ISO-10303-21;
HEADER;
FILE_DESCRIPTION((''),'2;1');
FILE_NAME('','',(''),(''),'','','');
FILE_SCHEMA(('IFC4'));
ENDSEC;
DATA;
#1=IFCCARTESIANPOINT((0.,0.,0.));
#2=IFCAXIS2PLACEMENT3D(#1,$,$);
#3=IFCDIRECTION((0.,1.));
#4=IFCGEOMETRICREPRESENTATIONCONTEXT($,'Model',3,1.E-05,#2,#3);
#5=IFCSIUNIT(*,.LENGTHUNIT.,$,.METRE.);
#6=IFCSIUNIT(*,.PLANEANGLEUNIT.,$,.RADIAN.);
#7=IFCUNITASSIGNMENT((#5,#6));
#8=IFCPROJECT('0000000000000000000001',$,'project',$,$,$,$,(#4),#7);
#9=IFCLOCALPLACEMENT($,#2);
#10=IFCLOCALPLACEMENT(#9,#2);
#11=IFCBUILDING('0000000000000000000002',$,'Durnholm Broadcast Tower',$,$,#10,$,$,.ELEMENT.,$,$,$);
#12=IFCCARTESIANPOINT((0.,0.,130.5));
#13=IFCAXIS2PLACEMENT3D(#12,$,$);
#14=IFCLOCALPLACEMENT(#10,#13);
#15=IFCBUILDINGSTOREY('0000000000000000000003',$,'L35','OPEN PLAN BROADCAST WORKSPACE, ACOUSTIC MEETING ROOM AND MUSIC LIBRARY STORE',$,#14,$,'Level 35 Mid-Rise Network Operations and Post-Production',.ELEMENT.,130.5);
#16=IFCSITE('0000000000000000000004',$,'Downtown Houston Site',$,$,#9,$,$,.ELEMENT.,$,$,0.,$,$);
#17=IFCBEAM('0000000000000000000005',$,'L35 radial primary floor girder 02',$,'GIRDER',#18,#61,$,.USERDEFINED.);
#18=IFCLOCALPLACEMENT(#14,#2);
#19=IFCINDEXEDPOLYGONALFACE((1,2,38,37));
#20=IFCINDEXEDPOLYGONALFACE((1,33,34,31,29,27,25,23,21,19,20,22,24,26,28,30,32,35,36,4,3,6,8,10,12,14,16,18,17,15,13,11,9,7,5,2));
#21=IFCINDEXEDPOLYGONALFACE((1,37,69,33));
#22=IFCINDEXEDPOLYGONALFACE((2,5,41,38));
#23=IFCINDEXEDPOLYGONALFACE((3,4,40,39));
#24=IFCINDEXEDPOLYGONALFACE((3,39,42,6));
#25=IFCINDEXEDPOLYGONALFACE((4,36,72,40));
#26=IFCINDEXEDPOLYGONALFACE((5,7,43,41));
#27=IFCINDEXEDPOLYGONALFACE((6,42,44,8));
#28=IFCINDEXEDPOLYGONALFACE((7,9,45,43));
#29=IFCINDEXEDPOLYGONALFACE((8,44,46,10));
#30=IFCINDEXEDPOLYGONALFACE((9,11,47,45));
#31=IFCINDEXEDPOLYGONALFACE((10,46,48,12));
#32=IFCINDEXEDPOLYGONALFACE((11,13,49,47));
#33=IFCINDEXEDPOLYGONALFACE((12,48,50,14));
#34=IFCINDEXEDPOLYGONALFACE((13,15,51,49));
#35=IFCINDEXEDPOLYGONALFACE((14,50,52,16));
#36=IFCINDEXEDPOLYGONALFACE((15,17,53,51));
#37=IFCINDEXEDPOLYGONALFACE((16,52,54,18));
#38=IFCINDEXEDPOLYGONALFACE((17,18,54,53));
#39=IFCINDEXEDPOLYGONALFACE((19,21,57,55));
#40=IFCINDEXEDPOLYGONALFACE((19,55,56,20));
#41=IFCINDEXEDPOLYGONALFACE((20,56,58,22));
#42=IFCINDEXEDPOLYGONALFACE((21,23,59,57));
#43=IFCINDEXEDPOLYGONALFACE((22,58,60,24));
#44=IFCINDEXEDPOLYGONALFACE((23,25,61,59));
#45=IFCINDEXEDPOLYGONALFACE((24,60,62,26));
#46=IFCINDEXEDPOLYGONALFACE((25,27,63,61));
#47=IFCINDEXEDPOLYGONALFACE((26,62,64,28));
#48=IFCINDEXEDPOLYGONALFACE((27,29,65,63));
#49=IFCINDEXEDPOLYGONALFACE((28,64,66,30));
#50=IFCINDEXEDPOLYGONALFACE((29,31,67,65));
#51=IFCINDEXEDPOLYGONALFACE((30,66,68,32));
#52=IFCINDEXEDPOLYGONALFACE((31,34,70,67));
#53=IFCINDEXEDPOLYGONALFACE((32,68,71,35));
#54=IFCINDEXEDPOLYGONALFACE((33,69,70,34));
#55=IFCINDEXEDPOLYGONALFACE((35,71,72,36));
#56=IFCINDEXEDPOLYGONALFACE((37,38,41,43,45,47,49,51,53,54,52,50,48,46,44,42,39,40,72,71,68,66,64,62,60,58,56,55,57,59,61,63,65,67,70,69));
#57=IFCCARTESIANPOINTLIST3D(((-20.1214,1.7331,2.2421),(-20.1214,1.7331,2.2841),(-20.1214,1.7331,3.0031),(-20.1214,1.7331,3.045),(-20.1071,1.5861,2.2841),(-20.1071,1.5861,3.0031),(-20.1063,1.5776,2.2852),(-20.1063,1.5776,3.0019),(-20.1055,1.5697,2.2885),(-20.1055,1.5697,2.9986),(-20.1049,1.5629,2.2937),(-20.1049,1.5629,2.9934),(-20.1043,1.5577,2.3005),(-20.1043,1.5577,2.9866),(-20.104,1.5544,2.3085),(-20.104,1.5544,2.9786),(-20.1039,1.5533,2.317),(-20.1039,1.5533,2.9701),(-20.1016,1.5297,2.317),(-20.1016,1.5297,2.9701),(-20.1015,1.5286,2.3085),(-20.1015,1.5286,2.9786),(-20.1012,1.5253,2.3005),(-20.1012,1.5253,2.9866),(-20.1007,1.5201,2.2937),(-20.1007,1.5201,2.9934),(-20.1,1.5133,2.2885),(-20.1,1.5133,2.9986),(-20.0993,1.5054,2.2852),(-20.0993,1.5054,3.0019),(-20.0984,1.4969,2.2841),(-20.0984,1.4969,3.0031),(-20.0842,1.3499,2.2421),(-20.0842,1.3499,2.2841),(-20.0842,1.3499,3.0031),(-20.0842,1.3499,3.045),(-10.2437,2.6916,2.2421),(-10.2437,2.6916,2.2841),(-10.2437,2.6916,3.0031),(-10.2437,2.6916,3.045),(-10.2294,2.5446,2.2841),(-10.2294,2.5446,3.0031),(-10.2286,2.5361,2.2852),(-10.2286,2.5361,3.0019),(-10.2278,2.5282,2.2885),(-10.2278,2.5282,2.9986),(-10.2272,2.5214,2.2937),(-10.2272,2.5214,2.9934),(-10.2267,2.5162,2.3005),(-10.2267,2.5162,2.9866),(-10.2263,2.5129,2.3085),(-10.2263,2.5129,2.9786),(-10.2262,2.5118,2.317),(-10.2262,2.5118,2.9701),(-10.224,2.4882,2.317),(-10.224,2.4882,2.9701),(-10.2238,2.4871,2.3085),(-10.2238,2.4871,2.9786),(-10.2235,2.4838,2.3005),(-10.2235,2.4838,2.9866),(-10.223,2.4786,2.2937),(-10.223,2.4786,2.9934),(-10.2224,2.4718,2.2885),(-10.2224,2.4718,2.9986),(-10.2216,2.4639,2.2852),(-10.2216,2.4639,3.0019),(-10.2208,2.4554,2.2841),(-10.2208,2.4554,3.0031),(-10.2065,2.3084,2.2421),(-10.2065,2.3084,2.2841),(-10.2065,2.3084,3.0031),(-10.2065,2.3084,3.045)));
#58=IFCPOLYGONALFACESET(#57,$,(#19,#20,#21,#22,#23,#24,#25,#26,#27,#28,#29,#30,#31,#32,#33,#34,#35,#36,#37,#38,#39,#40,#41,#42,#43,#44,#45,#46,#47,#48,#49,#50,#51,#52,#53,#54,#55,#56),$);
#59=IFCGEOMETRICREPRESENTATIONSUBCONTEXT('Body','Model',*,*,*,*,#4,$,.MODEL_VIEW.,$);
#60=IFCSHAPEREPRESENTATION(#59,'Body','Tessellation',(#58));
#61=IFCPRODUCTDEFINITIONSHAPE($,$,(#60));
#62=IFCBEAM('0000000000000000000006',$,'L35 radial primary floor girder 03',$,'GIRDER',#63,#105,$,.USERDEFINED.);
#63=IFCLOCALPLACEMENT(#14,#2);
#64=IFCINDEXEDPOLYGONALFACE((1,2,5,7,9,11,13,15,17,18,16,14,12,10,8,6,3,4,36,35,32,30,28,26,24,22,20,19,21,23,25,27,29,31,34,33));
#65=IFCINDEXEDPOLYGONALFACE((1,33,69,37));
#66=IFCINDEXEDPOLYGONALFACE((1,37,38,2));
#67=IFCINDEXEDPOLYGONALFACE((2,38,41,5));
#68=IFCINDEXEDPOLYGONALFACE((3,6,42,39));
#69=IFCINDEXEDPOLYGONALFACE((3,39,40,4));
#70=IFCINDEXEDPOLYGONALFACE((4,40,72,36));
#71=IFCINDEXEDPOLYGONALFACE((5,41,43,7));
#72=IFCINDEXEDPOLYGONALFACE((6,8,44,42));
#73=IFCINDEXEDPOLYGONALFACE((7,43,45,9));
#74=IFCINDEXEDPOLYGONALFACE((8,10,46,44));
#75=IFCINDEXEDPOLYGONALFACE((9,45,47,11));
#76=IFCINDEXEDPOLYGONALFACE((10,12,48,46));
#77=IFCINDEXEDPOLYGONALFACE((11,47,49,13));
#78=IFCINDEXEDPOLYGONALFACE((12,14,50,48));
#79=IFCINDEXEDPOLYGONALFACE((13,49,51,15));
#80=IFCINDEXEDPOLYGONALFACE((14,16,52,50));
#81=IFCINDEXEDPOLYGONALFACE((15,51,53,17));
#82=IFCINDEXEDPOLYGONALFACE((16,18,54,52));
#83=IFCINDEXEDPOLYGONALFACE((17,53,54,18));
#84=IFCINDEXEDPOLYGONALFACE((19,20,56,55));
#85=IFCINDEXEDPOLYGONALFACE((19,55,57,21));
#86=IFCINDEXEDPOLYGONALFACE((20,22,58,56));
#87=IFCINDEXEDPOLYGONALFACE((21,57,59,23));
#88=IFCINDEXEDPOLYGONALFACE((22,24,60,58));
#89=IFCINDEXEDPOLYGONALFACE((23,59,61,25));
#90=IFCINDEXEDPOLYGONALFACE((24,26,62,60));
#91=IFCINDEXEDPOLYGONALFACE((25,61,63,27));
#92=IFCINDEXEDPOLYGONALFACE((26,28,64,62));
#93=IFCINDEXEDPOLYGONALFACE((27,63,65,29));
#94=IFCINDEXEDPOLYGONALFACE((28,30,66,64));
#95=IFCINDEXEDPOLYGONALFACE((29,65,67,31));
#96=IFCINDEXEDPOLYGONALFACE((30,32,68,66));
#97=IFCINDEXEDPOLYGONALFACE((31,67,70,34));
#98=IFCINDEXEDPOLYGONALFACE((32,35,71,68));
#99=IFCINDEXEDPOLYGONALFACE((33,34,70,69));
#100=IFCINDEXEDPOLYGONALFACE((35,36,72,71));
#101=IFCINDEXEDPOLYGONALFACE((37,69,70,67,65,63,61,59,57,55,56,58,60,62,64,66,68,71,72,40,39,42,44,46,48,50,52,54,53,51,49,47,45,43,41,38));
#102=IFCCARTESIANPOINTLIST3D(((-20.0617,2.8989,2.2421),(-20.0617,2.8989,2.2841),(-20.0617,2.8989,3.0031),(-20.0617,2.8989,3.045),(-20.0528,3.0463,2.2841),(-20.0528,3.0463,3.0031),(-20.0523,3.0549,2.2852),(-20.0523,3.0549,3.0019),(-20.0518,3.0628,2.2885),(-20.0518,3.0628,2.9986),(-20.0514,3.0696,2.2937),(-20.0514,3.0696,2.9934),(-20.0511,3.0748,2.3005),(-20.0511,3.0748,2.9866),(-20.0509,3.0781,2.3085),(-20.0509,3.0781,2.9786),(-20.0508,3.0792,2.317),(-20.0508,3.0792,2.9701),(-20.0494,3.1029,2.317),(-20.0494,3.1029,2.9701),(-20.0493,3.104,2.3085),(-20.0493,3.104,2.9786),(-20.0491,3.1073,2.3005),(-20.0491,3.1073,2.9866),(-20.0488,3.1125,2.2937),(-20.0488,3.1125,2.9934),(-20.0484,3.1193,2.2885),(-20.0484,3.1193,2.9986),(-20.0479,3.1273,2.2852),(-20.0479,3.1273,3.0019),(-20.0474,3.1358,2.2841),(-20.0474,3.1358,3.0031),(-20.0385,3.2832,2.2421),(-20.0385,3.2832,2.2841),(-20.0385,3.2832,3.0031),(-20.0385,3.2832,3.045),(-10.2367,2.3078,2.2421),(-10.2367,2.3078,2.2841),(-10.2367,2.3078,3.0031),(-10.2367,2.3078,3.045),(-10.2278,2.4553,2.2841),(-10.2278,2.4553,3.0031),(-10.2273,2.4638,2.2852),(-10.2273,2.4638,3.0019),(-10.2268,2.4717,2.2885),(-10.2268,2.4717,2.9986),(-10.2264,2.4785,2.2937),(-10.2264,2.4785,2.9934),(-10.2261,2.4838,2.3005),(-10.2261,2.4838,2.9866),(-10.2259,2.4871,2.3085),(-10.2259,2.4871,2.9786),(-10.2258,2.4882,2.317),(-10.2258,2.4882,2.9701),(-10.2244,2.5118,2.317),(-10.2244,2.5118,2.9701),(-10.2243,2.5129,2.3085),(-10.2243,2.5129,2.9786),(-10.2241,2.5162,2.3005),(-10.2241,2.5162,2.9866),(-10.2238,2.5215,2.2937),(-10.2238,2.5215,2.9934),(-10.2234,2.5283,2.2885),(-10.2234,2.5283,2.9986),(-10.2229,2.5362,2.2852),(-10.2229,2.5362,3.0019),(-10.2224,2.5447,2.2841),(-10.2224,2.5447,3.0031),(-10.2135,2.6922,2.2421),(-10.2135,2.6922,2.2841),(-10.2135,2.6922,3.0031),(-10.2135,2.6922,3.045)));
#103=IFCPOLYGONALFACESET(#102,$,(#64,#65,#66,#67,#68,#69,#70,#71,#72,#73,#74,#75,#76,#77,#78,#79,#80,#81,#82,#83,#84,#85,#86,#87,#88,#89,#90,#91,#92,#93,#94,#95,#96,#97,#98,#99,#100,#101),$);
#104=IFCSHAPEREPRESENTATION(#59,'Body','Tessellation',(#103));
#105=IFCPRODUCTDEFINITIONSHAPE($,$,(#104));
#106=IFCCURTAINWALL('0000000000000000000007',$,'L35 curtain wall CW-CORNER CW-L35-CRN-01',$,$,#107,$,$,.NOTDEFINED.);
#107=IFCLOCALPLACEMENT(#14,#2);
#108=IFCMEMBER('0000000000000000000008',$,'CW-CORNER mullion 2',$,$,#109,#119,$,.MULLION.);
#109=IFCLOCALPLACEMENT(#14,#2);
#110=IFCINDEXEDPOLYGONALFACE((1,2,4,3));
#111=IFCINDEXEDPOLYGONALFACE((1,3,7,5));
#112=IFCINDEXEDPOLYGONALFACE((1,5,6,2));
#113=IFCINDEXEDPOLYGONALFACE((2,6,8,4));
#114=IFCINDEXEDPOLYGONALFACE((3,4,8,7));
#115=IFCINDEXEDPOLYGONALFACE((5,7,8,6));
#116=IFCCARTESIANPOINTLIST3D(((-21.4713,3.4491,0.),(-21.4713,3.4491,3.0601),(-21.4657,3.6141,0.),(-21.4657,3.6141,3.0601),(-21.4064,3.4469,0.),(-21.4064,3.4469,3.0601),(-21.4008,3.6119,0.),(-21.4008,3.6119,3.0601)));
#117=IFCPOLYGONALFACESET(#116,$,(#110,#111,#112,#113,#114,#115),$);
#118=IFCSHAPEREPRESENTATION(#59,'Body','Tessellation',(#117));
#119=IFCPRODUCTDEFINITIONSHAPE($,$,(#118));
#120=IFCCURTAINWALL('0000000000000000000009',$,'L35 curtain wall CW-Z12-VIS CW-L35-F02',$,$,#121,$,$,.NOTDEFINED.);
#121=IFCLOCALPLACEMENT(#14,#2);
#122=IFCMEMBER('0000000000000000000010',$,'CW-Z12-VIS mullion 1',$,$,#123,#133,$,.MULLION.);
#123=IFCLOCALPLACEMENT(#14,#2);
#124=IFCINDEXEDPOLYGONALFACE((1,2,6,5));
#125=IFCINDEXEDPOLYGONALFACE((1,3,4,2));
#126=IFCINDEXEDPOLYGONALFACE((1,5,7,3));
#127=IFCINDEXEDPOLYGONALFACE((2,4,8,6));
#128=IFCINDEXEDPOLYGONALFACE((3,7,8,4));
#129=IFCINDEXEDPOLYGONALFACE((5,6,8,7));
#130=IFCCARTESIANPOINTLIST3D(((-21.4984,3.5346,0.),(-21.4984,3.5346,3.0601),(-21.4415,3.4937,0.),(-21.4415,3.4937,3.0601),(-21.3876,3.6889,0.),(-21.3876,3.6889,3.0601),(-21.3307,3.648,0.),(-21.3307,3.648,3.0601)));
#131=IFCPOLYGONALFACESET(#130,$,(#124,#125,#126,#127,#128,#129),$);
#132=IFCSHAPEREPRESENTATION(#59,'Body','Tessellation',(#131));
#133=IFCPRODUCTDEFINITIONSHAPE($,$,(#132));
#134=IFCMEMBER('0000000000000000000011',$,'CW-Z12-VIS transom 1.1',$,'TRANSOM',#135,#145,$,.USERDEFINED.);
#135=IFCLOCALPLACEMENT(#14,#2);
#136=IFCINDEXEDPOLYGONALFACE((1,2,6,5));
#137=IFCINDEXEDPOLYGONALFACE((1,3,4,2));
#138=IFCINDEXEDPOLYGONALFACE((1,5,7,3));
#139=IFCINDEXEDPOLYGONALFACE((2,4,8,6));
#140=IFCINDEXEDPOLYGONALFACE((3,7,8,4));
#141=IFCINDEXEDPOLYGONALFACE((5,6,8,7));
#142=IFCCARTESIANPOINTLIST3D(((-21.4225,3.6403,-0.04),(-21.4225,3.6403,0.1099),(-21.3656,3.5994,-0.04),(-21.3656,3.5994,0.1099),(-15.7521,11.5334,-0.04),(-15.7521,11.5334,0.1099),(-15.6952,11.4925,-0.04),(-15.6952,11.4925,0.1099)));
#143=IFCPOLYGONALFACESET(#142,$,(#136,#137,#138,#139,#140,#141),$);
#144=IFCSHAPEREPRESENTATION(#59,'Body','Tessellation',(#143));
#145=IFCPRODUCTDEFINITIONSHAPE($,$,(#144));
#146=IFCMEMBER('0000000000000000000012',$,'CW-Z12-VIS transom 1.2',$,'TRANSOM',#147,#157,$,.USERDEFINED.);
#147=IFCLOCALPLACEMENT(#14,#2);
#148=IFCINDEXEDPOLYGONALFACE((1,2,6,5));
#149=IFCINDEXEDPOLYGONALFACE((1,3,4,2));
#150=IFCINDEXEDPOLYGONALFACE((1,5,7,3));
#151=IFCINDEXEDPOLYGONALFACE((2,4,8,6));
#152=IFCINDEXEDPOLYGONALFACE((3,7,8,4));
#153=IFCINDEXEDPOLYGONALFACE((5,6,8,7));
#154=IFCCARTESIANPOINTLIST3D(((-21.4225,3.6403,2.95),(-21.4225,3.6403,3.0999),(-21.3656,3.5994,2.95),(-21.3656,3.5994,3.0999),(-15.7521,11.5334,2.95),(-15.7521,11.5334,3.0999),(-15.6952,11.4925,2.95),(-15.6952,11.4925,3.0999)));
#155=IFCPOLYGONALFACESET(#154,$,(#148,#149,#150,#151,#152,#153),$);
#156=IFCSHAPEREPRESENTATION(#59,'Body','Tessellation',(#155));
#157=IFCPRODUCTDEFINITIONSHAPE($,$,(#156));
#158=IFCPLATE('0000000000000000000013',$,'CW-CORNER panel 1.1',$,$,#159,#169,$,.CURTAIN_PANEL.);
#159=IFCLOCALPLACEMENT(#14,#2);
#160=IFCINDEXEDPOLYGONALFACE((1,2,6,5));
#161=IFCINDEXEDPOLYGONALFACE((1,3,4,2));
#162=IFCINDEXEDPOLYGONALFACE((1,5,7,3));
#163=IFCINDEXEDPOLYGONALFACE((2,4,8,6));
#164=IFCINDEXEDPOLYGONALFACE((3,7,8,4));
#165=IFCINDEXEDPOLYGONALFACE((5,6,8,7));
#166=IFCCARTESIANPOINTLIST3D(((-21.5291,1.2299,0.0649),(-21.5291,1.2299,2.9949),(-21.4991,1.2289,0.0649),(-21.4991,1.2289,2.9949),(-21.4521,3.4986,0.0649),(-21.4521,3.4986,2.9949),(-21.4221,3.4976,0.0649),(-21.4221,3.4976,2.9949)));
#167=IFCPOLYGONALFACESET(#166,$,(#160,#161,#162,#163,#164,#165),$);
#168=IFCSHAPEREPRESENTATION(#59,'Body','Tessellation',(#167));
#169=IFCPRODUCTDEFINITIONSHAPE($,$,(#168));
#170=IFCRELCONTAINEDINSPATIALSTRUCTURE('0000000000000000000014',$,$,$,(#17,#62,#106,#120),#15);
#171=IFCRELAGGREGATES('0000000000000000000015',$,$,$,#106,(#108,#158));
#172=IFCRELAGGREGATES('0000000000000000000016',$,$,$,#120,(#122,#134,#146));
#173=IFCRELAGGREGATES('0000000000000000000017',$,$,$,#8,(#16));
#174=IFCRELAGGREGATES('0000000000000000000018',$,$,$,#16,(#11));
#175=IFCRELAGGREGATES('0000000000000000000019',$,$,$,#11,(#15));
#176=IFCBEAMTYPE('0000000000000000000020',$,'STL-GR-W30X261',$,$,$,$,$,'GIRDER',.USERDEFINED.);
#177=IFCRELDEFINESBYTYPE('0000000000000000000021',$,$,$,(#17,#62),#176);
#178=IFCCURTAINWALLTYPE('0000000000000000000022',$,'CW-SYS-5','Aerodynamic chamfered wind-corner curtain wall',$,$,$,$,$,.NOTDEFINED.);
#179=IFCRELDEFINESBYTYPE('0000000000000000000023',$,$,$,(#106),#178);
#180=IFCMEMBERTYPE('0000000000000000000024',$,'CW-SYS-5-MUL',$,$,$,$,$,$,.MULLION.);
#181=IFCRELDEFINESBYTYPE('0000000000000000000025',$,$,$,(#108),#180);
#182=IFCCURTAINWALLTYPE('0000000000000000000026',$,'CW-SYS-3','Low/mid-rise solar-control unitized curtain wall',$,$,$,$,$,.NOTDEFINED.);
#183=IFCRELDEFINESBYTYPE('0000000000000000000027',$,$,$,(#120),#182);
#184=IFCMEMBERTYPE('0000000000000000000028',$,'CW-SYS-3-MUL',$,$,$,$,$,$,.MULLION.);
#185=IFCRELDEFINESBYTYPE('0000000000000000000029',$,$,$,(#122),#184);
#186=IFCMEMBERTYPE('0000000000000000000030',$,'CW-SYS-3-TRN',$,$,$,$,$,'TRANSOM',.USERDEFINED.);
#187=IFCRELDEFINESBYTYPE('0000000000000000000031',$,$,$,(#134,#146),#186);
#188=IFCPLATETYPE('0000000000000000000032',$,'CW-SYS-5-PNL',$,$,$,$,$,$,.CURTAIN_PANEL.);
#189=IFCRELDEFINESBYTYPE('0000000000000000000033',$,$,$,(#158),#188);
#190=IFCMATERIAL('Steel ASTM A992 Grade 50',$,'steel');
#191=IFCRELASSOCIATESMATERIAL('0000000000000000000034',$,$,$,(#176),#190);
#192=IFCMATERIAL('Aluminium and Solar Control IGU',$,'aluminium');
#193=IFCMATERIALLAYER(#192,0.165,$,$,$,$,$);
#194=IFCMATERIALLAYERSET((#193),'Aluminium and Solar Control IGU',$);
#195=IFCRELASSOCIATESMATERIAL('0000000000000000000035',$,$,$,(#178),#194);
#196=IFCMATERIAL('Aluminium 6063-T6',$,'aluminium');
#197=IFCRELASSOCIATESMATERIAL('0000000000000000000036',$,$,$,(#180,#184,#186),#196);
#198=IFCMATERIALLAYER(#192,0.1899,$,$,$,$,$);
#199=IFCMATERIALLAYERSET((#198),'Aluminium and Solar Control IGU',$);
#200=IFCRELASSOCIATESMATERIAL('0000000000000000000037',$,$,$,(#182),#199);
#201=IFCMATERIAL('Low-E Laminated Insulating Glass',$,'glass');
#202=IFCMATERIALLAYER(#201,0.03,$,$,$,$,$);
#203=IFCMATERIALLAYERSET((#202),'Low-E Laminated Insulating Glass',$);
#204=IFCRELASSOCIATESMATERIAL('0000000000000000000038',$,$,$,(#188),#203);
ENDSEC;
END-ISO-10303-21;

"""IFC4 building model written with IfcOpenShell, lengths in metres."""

from ifc_helpers import new_model, si_unit, direction, frame, origin, origin_2d, place, context, subcontext, project, spatial, rectangle, i_section, extrude, source, transform, mapped, material, layer, layer_set, material_profile, profile_set, type_object, type_shapes, element, aggregate, save


model = new_model("IFC4")

# Units and contexts
model_context = context("Model", 3, precision=1e-05, world=origin(), true_north=direction((0.0, 1.0)))
body_context = subcontext(model_context, "Body", "Model", "MODEL_VIEW")
ifc_project = project(units=[si_unit("LENGTHUNIT", "METRE"), si_unit("PLANEANGLEUNIT", "RADIAN")], contexts=[model_context])

# Site, building, storey
site_placement = place(None, origin())
site = spatial("IfcSite", under=ifc_project, at=site_placement, Name="Downtown Houston Site", CompositionType="ELEMENT", RefElevation=0.0)
building_placement = place(site_placement, origin())
building = spatial("IfcBuilding", under=site, at=building_placement, Name="Durnholm Broadcast Tower", CompositionType="ELEMENT")
storey_placement = place(building_placement, frame((0.0, 0.0, 130.5)))
storey = spatial("IfcBuildingStorey", under=building, at=storey_placement, Name="L35", Description="OPEN PLAN BROADCAST WORKSPACE, ACOUSTIC MEETING ROOM AND MUSIC LIBRARY STORE", LongName="Level 35 Mid-Rise Network Operations and Post-Production", CompositionType="ELEMENT", Elevation=130.5)

# Beams
ifc_material_1 = material(Name="Steel ASTM A992 Grade 50", Category="steel")
ifc_material_profile_1 = material_profile(ifc_material_1, i_section(OverallWidth=0.385, OverallDepth=0.803, WebThickness=0.0237, FlangeThickness=0.042, FilletRadius=0.033, at=origin_2d()), Name="W30X261")
ifc_profile_set_1 = profile_set([ifc_material_profile_1], Name="Steel ASTM A992 Grade 50")
beam_type_1 = type_object("IfcBeamType", Name="STL-GR-W30X261", ElementType="GIRDER", PredefinedType="USERDEFINED", material=ifc_profile_set_1)
shared_shape_1 = source(origin(), body_context, "Body", "SweptSolid", [
    extrude(i_section(OverallWidth=0.385, OverallDepth=0.803, WebThickness=0.0237, FlangeThickness=0.042, FilletRadius=0.033, at=origin_2d()), origin(), (0.0, 0.0, 1.0), 9.9241),
])
beam_1_placement = place(storey_placement, frame((-10.2251, 2.5, 2.6436), z_axis=(-0.995325, -0.096583, 0.0), x_axis=(0.096583, -0.995325, 0.0)))
element("IfcBeam", 1, at=beam_1_placement, inside=storey, type_object=beam_type_1, Name="L35 radial primary floor girder 02", ObjectType="GIRDER", PredefinedType="USERDEFINED", context=body_context, shape_type="MappedRepresentation", body=[
    mapped(shared_shape_1, transform((0.0, 0.0, 0.0), x_axis=(1.0, 0.0, 0.0), y_axis=(0.0, 1.0, 0.0), z_axis=(0.0, 0.0, 1.0), scale=1.0)),
])
shared_shape_2 = source(origin(), body_context, "Body", "SweptSolid", [
    extrude(i_section(OverallWidth=0.385, OverallDepth=0.803, WebThickness=0.0237, FlangeThickness=0.042, FilletRadius=0.033, at=origin_2d()), origin(), (0.0, 0.0, 1.0), 9.8428),
])
type_shapes(beam_type_1, [shared_shape_1, shared_shape_2])
beam_2_placement = place(storey_placement, frame((-10.2251, 2.5, 2.6436), z_axis=(-0.998195, 0.060051, 0.0), x_axis=(-0.060051, -0.998195, 0.0)))
element("IfcBeam", 2, at=beam_2_placement, inside=storey, type_object=beam_type_1, Name="L35 radial primary floor girder 03", ObjectType="GIRDER", PredefinedType="USERDEFINED", context=body_context, shape_type="MappedRepresentation", body=[
    mapped(shared_shape_2, transform((0.0, 0.0, 0.0), x_axis=(1.0, 0.0, 0.0), y_axis=(0.0, 1.0, 0.0), z_axis=(0.0, 0.0, 1.0), scale=1.0)),
])

# Curtain wall, member
ifc_material_2 = material(Name="Aluminium and Solar Control IGU", Category="aluminium")
ifc_layer_1 = layer(ifc_material_2, 0.165)
ifc_layer_set_1 = layer_set([ifc_layer_1], Name="Aluminium and Solar Control IGU")
curtain_wall_type_1 = type_object("IfcCurtainWallType", Name="CW-SYS-5", Description="Aerodynamic chamfered wind-corner curtain wall", PredefinedType="NOTDEFINED", material=ifc_layer_set_1)
curtain_wall_1_placement = place(storey_placement, origin())
curtain_wall_1 = element("IfcCurtainWall", 3, at=curtain_wall_1_placement, inside=storey, type_object=curtain_wall_type_1, Name="L35 curtain wall CW-CORNER CW-L35-CRN-01", PredefinedType="NOTDEFINED")
ifc_material_3 = material(Name="Aluminium 6063-T6", Category="aluminium")
ifc_material_profile_2 = material_profile(ifc_material_3, rectangle(XDim=0.0649, YDim=0.165, at=origin_2d()), Name="CWM65X165")
ifc_profile_set_2 = profile_set([ifc_material_profile_2], Name="Aluminium 6063-T6")
member_type_1 = type_object("IfcMemberType", Name="CW-SYS-5-MUL", PredefinedType="MULLION", material=ifc_profile_set_2)
shared_shape_3 = source(origin(), body_context, "Body", "SweptSolid", [
    extrude(rectangle(XDim=0.0649, YDim=0.165, at=origin_2d()), origin(), (0.0, 0.0, 1.0), 3.0601),
])
type_shapes(member_type_1, [shared_shape_3])
member_1_placement = place(storey_placement, frame((-21.436, 3.5305, 0.0), z_axis=(0.0, 0.0, 1.0), x_axis=(-0.999425, 0.033917, 0.0)))
member_1 = element("IfcMember", 4, at=member_1_placement, type_object=member_type_1, Name="CW-CORNER mullion 2", PredefinedType="MULLION", context=body_context, shape_type="MappedRepresentation", body=[
    mapped(shared_shape_3, transform((0.0, 0.0, 0.0), x_axis=(1.0, 0.0, 0.0), y_axis=(0.0, 1.0, 0.0), z_axis=(0.0, 0.0, 1.0), scale=1.0)),
])

# Curtain wall, members
ifc_layer_2 = layer(ifc_material_2, 0.1899)
ifc_layer_set_2 = layer_set([ifc_layer_2], Name="Aluminium and Solar Control IGU")
curtain_wall_type_2 = type_object("IfcCurtainWallType", Name="CW-SYS-3", Description="Low/mid-rise solar-control unitized curtain wall", PredefinedType="NOTDEFINED", material=ifc_layer_set_2)
curtain_wall_2_placement = place(storey_placement, origin())
curtain_wall_2 = element("IfcCurtainWall", 5, at=curtain_wall_2_placement, inside=storey, type_object=curtain_wall_type_2, Name="L35 curtain wall CW-Z12-VIS CW-L35-F02", PredefinedType="NOTDEFINED")
ifc_material_profile_3 = material_profile(ifc_material_3, rectangle(XDim=0.0701, YDim=0.1899, at=origin_2d()), Name="CWM70X190")
ifc_profile_set_3 = profile_set([ifc_material_profile_3], Name="Aluminium 6063-T6")
member_type_2 = type_object("IfcMemberType", Name="CW-SYS-3-MUL", PredefinedType="MULLION", material=ifc_profile_set_3)
shared_shape_4 = source(origin(), body_context, "Body", "SweptSolid", [
    extrude(rectangle(XDim=0.0701, YDim=0.1899, at=origin_2d()), origin(), (0.0, 0.0, 1.0), 3.0601),
])
type_shapes(member_type_2, [shared_shape_4])
member_2_placement = place(storey_placement, frame((-21.4146, 3.5913, 0.0), z_axis=(0.0, 0.0, 1.0), x_axis=(-0.812152, 0.583445, 0.0)))
member_2 = element("IfcMember", 6, at=member_2_placement, type_object=member_type_2, Name="CW-Z12-VIS mullion 1", PredefinedType="MULLION", context=body_context, shape_type="MappedRepresentation", body=[
    mapped(shared_shape_4, transform((0.0, 0.0, 0.0), x_axis=(1.0, 0.0, 0.0), y_axis=(0.0, 1.0, 0.0), z_axis=(0.0, 0.0, 1.0), scale=1.0)),
])
ifc_material_profile_4 = material_profile(ifc_material_3, rectangle(XDim=0.0701, YDim=0.1499, at=origin_2d()), Name="CWT70X150")
ifc_profile_set_4 = profile_set([ifc_material_profile_4], Name="Aluminium 6063-T6")
member_type_3 = type_object("IfcMemberType", Name="CW-SYS-3-TRN", ElementType="TRANSOM", PredefinedType="USERDEFINED", material=ifc_profile_set_4)
shared_shape_5 = source(origin(), body_context, "Body", "SweptSolid", [
    extrude(rectangle(XDim=0.0701, YDim=0.1499, at=origin_2d()), origin(), (0.0, 0.0, 1.0), 9.7188),
])
type_shapes(member_type_3, [shared_shape_5])
member_3_placement = place(storey_placement, frame((-21.394, 3.6199, 0.0349), z_axis=(0.583451, 0.812149, 0.0), x_axis=(-0.812149, 0.583451, 0.0)))
member_3 = element("IfcMember", 7, at=member_3_placement, type_object=member_type_3, Name="CW-Z12-VIS transom 1.1", ObjectType="TRANSOM", PredefinedType="USERDEFINED", context=body_context, shape_type="MappedRepresentation", body=[
    mapped(shared_shape_5, transform((0.0, 0.0, 0.0), x_axis=(1.0, 0.0, 0.0), y_axis=(0.0, 1.0, 0.0), z_axis=(0.0, 0.0, 1.0), scale=1.0)),
])
member_4_placement = place(storey_placement, frame((-21.394, 3.6199, 3.0249), z_axis=(0.583451, 0.812149, 0.0), x_axis=(-0.812149, 0.583451, 0.0)))
member_4 = element("IfcMember", 8, at=member_4_placement, type_object=member_type_3, Name="CW-Z12-VIS transom 1.2", ObjectType="TRANSOM", PredefinedType="USERDEFINED", context=body_context, shape_type="MappedRepresentation", body=[
    mapped(shared_shape_5, transform((0.0, 0.0, 0.0), x_axis=(1.0, 0.0, 0.0), y_axis=(0.0, 1.0, 0.0), z_axis=(0.0, 0.0, 1.0), scale=1.0)),
])

# Plate
ifc_material_4 = material(Name="Low-E Laminated Insulating Glass", Category="glass")
ifc_layer_3 = layer(ifc_material_4, 0.03)
ifc_layer_set_3 = layer_set([ifc_layer_3], Name="Low-E Laminated Insulating Glass")
plate_type_1 = type_object("IfcPlateType", Name="CW-SYS-5-PNL", PredefinedType="CURTAIN_PANEL", material=ifc_layer_set_3)
shared_shape_6 = source(origin(), body_context, "Body", "SweptSolid", [
    extrude(rectangle(XDim=2.27, YDim=0.03, at=origin_2d()), origin(), (0.0, 0.0, 1.0), 2.9299),
])
type_shapes(plate_type_1, [shared_shape_6])
plate_1_placement = place(storey_placement, frame((-21.4756, 2.3638, 0.0649), z_axis=(0.0, 0.0, 1.0), x_axis=(0.033917, 0.999425, 0.0)))
plate_1 = element("IfcPlate", 9, at=plate_1_placement, type_object=plate_type_1, Name="CW-CORNER panel 1.1", PredefinedType="CURTAIN_PANEL", context=body_context, shape_type="MappedRepresentation", body=[
    mapped(shared_shape_6, transform((0.0, 0.0, 0.0), x_axis=(1.0, 0.0, 0.0), y_axis=(0.0, 1.0, 0.0), z_axis=(0.0, 0.0, 1.0), scale=1.0)),
])
aggregate(curtain_wall_1, [member_1, plate_1])
aggregate(curtain_wall_2, [member_2, member_3, member_4])

save(model, "model.ifc")
